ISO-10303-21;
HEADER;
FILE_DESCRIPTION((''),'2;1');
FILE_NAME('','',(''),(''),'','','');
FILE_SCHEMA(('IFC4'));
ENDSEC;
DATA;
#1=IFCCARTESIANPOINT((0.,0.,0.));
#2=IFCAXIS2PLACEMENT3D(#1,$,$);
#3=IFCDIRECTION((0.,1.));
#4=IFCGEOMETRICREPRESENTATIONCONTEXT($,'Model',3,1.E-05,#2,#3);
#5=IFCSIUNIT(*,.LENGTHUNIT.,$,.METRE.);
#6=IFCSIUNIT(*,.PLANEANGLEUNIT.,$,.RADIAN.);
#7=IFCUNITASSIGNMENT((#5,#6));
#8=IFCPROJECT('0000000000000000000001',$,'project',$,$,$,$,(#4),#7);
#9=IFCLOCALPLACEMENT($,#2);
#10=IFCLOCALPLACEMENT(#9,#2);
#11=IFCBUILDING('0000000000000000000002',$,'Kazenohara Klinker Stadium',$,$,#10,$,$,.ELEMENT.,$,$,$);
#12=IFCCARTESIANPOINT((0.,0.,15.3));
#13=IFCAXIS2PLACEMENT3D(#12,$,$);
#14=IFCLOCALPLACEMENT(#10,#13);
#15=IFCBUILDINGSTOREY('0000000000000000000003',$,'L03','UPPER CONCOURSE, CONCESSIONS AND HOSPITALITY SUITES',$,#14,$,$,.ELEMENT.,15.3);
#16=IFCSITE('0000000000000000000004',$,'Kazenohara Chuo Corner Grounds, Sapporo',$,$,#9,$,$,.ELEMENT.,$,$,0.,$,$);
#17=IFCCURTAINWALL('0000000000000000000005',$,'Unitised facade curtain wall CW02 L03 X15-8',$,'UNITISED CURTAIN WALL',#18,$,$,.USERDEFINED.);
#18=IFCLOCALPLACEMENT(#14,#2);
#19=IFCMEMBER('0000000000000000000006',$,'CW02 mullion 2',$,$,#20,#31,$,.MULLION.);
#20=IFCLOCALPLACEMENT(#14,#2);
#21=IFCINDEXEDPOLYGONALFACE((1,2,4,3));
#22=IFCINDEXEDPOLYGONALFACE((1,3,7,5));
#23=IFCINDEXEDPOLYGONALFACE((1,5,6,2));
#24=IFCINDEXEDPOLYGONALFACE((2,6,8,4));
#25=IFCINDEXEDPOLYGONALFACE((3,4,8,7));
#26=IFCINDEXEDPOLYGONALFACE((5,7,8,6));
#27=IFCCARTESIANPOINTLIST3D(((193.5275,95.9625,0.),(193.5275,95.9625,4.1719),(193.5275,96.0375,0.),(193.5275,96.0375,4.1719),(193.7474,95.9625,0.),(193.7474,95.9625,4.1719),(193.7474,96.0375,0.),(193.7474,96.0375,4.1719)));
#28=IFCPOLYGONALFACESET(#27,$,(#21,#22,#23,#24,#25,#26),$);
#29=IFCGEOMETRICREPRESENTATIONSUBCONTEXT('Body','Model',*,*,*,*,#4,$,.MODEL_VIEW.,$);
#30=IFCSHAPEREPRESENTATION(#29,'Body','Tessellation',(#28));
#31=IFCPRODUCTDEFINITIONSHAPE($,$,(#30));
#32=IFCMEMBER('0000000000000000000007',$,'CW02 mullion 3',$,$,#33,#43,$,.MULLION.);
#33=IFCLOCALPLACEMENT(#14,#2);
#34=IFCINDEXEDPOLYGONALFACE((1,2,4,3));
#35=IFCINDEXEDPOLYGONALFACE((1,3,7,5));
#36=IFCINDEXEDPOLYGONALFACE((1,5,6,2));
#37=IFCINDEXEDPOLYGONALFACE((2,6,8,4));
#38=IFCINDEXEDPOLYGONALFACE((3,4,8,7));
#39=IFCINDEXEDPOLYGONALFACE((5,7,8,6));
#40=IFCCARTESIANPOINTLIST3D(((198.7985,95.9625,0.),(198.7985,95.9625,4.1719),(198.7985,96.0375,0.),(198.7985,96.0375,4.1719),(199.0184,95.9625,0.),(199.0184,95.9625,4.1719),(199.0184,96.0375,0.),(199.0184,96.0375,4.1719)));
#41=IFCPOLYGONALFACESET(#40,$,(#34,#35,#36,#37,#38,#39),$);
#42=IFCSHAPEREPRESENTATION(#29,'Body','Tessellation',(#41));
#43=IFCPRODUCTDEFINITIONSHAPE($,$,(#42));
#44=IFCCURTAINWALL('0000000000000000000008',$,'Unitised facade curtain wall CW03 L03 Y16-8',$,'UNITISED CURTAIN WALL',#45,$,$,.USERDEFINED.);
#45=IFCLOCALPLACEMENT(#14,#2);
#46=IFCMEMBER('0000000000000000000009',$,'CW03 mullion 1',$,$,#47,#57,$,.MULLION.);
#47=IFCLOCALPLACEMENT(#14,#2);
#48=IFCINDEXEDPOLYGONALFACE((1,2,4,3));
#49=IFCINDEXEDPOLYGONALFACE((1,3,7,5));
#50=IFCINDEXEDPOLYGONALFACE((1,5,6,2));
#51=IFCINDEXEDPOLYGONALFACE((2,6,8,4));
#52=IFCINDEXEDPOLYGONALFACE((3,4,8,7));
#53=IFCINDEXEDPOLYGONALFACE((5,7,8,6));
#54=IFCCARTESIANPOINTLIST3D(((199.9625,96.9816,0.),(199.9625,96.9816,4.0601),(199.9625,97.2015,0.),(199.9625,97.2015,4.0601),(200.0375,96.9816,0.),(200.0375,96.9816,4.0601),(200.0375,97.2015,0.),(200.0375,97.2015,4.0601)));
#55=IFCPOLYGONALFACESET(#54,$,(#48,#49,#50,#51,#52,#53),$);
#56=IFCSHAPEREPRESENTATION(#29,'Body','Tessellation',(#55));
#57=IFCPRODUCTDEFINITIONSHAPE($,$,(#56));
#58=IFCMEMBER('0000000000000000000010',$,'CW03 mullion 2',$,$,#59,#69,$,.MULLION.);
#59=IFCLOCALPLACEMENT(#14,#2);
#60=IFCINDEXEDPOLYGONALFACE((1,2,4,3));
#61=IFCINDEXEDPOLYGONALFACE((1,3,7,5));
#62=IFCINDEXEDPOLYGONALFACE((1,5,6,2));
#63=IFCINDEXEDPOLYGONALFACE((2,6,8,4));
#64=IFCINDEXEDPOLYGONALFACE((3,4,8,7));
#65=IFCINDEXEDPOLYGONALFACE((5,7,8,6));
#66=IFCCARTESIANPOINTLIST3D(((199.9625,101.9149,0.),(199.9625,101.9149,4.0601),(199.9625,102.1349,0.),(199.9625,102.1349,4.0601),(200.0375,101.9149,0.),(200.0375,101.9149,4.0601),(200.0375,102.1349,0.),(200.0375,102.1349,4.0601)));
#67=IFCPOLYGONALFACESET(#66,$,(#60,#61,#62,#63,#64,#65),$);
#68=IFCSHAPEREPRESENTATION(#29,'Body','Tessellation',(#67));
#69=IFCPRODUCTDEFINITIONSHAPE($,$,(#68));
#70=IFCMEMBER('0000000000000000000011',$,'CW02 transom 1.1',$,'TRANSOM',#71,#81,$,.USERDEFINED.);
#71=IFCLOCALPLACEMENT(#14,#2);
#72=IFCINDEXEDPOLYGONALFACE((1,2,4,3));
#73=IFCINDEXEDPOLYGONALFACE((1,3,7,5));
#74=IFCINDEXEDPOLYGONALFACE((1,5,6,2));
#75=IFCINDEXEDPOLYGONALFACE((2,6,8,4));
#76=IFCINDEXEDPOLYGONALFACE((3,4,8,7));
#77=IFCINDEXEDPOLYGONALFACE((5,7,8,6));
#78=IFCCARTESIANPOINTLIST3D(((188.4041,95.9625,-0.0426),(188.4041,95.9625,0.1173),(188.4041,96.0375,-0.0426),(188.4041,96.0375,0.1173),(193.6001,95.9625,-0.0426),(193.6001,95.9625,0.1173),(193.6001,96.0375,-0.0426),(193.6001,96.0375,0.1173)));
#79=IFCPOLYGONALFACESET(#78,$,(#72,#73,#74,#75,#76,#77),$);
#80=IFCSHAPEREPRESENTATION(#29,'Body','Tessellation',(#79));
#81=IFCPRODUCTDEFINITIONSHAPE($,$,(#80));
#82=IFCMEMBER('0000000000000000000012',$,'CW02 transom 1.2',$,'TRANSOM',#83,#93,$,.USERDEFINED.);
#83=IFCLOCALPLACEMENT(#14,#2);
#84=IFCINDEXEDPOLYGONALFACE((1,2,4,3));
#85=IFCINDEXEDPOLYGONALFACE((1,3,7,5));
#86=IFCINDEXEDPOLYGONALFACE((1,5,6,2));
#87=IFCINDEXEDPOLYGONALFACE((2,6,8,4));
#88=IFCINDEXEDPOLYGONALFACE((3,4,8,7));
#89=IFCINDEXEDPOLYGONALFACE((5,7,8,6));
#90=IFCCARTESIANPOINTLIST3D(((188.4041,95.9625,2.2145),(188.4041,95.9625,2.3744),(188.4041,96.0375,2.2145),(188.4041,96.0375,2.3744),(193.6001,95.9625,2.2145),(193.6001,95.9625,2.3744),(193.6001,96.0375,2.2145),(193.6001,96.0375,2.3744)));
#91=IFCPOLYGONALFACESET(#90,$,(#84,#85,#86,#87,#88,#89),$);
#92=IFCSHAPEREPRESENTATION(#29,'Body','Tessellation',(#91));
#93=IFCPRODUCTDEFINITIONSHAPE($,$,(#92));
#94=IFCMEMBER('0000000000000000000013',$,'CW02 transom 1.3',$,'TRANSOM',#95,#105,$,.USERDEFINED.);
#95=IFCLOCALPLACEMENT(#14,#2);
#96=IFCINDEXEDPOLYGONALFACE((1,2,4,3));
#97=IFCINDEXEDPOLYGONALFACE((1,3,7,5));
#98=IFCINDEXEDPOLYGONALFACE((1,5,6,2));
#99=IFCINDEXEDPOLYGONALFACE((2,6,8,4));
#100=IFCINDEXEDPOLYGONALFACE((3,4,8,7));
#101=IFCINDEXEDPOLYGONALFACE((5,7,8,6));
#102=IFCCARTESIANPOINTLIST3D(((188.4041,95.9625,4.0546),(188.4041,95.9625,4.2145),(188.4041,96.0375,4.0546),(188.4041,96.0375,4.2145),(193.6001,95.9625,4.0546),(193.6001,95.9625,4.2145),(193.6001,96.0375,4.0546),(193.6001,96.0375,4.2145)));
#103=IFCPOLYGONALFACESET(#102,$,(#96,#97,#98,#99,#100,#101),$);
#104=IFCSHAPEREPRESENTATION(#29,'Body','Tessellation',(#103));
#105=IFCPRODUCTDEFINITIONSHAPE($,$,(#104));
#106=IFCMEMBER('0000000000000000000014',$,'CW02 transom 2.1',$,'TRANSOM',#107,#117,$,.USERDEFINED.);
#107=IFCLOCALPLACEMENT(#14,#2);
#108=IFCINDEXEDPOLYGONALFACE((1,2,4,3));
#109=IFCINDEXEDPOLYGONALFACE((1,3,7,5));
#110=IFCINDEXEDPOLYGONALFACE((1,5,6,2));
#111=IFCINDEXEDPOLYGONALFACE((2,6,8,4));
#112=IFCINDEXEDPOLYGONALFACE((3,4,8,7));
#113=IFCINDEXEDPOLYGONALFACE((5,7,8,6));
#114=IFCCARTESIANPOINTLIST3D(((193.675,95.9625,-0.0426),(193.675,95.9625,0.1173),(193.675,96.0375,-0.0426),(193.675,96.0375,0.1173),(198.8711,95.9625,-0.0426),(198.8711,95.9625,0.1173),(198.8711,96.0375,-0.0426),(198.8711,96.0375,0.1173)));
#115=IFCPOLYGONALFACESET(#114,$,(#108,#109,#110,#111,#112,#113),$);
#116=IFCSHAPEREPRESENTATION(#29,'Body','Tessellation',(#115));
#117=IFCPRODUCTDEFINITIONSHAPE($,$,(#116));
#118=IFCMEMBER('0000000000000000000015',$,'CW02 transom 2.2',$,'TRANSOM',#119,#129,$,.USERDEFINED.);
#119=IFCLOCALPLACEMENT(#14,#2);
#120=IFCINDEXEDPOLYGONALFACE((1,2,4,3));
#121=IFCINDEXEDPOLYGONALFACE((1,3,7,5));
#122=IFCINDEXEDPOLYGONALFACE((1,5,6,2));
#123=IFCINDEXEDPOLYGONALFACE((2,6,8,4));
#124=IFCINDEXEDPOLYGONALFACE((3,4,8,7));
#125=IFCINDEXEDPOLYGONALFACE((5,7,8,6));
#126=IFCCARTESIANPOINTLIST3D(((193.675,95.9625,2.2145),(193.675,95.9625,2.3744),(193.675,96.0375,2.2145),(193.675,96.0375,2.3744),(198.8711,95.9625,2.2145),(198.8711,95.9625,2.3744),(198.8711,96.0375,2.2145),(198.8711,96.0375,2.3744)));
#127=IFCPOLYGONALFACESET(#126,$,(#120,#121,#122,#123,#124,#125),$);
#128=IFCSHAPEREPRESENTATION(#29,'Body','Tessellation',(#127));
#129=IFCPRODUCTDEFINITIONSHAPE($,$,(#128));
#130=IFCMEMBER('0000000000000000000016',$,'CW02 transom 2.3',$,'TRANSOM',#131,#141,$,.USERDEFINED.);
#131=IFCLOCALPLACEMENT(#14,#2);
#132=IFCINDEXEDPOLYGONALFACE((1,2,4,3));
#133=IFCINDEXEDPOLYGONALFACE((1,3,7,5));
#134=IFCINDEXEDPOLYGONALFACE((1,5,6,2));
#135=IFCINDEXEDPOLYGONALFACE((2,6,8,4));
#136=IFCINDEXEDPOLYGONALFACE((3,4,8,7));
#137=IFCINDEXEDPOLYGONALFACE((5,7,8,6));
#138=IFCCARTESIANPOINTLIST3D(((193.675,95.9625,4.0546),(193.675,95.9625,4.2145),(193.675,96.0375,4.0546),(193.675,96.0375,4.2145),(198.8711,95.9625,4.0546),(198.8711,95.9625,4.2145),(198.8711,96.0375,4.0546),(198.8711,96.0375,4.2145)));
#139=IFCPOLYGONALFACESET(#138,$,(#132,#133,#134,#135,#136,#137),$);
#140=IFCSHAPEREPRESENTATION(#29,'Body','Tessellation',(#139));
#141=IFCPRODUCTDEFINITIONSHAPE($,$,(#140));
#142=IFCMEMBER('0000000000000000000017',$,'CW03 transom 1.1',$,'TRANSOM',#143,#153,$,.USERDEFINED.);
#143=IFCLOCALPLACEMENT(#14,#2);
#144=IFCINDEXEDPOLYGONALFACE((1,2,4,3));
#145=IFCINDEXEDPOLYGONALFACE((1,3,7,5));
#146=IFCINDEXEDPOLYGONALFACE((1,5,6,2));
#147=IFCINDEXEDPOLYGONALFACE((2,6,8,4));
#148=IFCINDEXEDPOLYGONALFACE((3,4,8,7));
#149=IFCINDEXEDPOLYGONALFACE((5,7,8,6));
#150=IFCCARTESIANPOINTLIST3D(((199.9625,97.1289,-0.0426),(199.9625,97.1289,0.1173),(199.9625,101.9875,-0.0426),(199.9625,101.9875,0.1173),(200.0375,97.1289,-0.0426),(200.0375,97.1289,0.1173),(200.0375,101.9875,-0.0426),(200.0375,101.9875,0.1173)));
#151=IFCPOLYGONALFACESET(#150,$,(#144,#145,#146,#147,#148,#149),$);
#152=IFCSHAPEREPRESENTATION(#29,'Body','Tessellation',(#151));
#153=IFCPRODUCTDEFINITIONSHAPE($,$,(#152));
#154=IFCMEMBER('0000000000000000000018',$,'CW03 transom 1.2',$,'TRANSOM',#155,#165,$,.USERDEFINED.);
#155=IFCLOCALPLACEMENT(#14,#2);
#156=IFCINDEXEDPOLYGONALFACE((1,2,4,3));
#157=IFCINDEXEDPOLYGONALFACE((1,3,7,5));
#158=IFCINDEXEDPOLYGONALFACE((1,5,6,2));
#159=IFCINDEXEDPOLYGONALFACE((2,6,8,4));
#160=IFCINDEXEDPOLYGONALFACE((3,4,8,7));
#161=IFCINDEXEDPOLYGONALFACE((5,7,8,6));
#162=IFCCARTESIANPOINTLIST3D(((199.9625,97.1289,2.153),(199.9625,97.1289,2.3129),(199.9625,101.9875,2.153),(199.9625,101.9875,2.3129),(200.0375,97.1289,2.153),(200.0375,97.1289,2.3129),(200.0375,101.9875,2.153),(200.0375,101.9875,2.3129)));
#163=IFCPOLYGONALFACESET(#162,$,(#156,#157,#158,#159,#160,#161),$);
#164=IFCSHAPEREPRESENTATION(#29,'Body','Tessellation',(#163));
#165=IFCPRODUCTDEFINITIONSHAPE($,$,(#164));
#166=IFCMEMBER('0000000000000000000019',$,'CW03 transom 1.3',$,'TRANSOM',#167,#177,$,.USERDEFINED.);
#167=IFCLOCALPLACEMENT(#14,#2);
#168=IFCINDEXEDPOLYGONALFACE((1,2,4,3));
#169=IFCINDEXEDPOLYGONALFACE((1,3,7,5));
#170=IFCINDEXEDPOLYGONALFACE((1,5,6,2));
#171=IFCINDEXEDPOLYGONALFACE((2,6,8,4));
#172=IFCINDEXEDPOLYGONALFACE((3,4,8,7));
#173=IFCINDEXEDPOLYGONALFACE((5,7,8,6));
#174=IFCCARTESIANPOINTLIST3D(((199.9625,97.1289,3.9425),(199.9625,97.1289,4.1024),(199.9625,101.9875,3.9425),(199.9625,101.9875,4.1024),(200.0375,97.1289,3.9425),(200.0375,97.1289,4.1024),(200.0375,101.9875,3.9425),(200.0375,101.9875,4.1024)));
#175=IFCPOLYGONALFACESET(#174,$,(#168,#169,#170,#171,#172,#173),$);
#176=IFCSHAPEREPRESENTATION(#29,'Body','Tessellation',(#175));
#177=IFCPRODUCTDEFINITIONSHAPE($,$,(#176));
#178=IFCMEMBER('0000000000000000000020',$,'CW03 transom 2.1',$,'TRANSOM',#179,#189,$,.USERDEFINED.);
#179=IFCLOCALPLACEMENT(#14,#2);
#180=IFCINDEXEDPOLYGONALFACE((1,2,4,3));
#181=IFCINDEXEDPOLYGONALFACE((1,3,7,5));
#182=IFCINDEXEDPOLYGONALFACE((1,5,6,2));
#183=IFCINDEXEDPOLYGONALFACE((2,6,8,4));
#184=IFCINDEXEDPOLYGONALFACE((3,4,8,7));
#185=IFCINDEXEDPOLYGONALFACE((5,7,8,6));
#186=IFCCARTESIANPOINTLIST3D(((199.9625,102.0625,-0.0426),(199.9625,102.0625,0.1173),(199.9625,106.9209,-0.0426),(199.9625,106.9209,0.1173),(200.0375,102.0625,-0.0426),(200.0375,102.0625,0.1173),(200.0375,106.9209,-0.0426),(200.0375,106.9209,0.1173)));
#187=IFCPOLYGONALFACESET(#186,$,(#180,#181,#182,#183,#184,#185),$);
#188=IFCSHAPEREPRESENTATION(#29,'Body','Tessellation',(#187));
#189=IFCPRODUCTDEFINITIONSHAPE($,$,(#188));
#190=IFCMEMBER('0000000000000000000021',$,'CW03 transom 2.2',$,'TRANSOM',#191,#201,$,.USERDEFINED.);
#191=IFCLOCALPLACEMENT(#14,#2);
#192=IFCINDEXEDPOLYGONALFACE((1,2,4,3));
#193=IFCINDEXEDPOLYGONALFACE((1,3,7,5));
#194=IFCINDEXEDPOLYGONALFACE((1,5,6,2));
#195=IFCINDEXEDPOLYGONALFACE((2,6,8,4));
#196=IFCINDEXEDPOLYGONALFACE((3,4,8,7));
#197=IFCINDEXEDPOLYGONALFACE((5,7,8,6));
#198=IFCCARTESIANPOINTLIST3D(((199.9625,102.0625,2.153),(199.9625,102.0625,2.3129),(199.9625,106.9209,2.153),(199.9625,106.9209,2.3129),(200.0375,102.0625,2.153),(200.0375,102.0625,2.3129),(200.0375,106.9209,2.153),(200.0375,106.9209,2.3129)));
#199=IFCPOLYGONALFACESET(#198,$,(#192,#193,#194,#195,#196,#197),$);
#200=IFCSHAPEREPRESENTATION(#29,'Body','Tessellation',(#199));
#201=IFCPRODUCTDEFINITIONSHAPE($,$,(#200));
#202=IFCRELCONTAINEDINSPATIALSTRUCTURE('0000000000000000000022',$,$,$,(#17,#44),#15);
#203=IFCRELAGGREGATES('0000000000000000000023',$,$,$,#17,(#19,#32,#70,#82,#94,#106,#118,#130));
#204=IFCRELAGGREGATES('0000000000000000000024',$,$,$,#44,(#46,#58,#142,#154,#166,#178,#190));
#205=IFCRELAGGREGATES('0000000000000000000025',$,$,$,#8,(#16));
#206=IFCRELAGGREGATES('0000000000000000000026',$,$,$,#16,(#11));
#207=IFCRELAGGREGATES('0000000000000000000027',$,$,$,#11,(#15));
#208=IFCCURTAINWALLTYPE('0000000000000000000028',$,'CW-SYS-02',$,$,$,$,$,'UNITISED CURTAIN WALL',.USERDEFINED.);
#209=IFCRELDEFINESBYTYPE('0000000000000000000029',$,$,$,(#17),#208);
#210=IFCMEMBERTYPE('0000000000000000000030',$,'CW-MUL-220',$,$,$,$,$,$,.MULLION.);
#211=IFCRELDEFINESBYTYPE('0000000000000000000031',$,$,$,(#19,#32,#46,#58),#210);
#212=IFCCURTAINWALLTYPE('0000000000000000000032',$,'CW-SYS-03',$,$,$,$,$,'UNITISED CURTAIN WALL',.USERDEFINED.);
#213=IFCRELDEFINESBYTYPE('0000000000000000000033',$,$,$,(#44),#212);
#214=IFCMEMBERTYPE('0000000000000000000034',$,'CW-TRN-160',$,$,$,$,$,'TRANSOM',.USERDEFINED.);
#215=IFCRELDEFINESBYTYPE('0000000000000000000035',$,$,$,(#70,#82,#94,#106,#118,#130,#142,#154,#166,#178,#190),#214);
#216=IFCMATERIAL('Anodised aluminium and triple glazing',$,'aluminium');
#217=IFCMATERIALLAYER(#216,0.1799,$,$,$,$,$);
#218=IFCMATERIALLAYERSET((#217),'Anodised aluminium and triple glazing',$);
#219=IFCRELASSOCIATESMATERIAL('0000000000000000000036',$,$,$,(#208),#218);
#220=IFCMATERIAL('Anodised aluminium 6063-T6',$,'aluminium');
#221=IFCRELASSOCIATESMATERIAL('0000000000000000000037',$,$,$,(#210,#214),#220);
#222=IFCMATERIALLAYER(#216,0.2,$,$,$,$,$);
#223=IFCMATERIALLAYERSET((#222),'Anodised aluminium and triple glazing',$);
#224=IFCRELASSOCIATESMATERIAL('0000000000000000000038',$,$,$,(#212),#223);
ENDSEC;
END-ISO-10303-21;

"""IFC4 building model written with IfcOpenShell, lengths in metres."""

from ifc_helpers import new_model, si_unit, direction, frame, origin, origin_2d, place, context, subcontext, project, spatial, rectangle, extrude, material, layer, layer_set, material_profile, profile_set, type_object, element, aggregate, save


model = new_model("IFC4")

# Units and contexts
model_context = context("Model", 3, precision=1e-05, world=origin(), true_north=direction((0.0, 1.0)))
body_context = subcontext(model_context, "Body", "Model", "MODEL_VIEW")
ifc_project = project(units=[si_unit("LENGTHUNIT", "METRE"), si_unit("PLANEANGLEUNIT", "RADIAN")], contexts=[model_context])

# Site, building, storey
site_placement = place(None, origin())
site = spatial("IfcSite", under=ifc_project, at=site_placement, Name="Kazenohara Chuo Corner Grounds, Sapporo", CompositionType="ELEMENT", RefElevation=0.0)
building_placement = place(site_placement, origin())
building = spatial("IfcBuilding", under=site, at=building_placement, Name="Kazenohara Klinker Stadium", CompositionType="ELEMENT")
storey_placement = place(building_placement, frame((0.0, 0.0, 15.3)))
storey = spatial("IfcBuildingStorey", under=building, at=storey_placement, Name="L03", Description="UPPER CONCOURSE, CONCESSIONS AND HOSPITALITY SUITES", CompositionType="ELEMENT", Elevation=15.3)

# Curtain walls, members
ifc_material_1 = material(Name="Anodised aluminium and triple glazing", Category="aluminium")
ifc_layer_1 = layer(ifc_material_1, 0.1799)
ifc_layer_set_1 = layer_set([ifc_layer_1], Name="Anodised aluminium and triple glazing")
curtain_wall_type_1 = type_object("IfcCurtainWallType", Name="CW-SYS-02", ElementType="UNITISED CURTAIN WALL", PredefinedType="USERDEFINED", material=ifc_layer_set_1)
curtain_wall_1_placement = place(storey_placement, origin())
curtain_wall_1 = element("IfcCurtainWall", 1, at=curtain_wall_1_placement, inside=storey, type_object=curtain_wall_type_1, Name="Unitised facade curtain wall CW02 L03 X15-8", ObjectType="UNITISED CURTAIN WALL", PredefinedType="USERDEFINED")
ifc_material_2 = material(Name="Anodised aluminium 6063-T6", Category="aluminium")
ifc_material_profile_1 = material_profile(ifc_material_2, rectangle(XDim=0.075, YDim=0.22, at=origin_2d()), Name="ALU-MUL-75x220")
ifc_profile_set_1 = profile_set([ifc_material_profile_1], Name="Anodised aluminium 6063-T6")
member_type_1 = type_object("IfcMemberType", Name="CW-MUL-220", PredefinedType="MULLION", material=ifc_profile_set_1)
member_1_placement = place(storey_placement, frame((193.6375, 96.0, 0.0), z_axis=(0.0, 0.0, 1.0), x_axis=(0.0, 1.0, 0.0)))
member_1 = element("IfcMember", 2, at=member_1_placement, type_object=member_type_1, Name="CW02 mullion 2", PredefinedType="MULLION", context=body_context, shape_type="SweptSolid", body=[
    extrude(rectangle(XDim=0.075, YDim=0.22, at=origin_2d()), origin(), (0.0, 0.0, 1.0), 4.1719),
])
member_2_placement = place(storey_placement, frame((198.9084, 96.0, 0.0), z_axis=(0.0, 0.0, 1.0), x_axis=(0.0, 1.0, 0.0)))
member_2 = element("IfcMember", 3, at=member_2_placement, type_object=member_type_1, Name="CW02 mullion 3", PredefinedType="MULLION", context=body_context, shape_type="SweptSolid", body=[
    extrude(rectangle(XDim=0.075, YDim=0.22, at=origin_2d()), origin(), (0.0, 0.0, 1.0), 4.1719),
])
ifc_layer_2 = layer(ifc_material_1, 0.2)
ifc_layer_set_2 = layer_set([ifc_layer_2], Name="Anodised aluminium and triple glazing")
curtain_wall_type_2 = type_object("IfcCurtainWallType", Name="CW-SYS-03", ElementType="UNITISED CURTAIN WALL", PredefinedType="USERDEFINED", material=ifc_layer_set_2)
curtain_wall_2_placement = place(storey_placement, origin())
curtain_wall_2 = element("IfcCurtainWall", 4, at=curtain_wall_2_placement, inside=storey, type_object=curtain_wall_type_2, Name="Unitised facade curtain wall CW03 L03 Y16-8", ObjectType="UNITISED CURTAIN WALL", PredefinedType="USERDEFINED")
member_3_placement = place(storey_placement, frame((200.0, 97.0916, 0.0), z_axis=(0.0, 0.0, 1.0), x_axis=(-1.0, 0.0, 0.0)))
member_3 = element("IfcMember", 5, at=member_3_placement, type_object=member_type_1, Name="CW03 mullion 1", PredefinedType="MULLION", context=body_context, shape_type="SweptSolid", body=[
    extrude(rectangle(XDim=0.075, YDim=0.22, at=origin_2d()), origin(), (0.0, 0.0, 1.0), 4.0601),
])
member_4_placement = place(storey_placement, frame((200.0, 102.0249, 0.0), z_axis=(0.0, 0.0, 1.0), x_axis=(-1.0, 0.0, 0.0)))
member_4 = element("IfcMember", 6, at=member_4_placement, type_object=member_type_1, Name="CW03 mullion 2", PredefinedType="MULLION", context=body_context, shape_type="SweptSolid", body=[
    extrude(rectangle(XDim=0.075, YDim=0.22, at=origin_2d()), origin(), (0.0, 0.0, 1.0), 4.0601),
])

# Members
ifc_material_profile_2 = material_profile(ifc_material_2, rectangle(XDim=0.075, YDim=0.1599, at=origin_2d()), Name="ALU-TRN-75x160")
ifc_profile_set_2 = profile_set([ifc_material_profile_2], Name="Anodised aluminium 6063-T6")
member_type_2 = type_object("IfcMemberType", Name="CW-TRN-160", ElementType="TRANSOM", PredefinedType="USERDEFINED", material=ifc_profile_set_2)
member_5_placement = place(storey_placement, frame((188.4041, 96.0, 0.0374), z_axis=(1.0, 0.0, 0.0), x_axis=(0.0, 1.0, 0.0)))
member_5 = element("IfcMember", 7, at=member_5_placement, type_object=member_type_2, Name="CW02 transom 1.1", ObjectType="TRANSOM", PredefinedType="USERDEFINED", context=body_context, shape_type="SweptSolid", body=[
    extrude(rectangle(XDim=0.075, YDim=0.1599, at=origin_2d()), origin(), (0.0, 0.0, 1.0), 5.196),
])
member_6_placement = place(storey_placement, frame((188.4041, 96.0, 2.2944), z_axis=(1.0, 0.0, 0.0), x_axis=(0.0, 1.0, 0.0)))
member_6 = element("IfcMember", 8, at=member_6_placement, type_object=member_type_2, Name="CW02 transom 1.2", ObjectType="TRANSOM", PredefinedType="USERDEFINED", context=body_context, shape_type="SweptSolid", body=[
    extrude(rectangle(XDim=0.075, YDim=0.1599, at=origin_2d()), origin(), (0.0, 0.0, 1.0), 5.196),
])
member_7_placement = place(storey_placement, frame((188.4041, 96.0, 4.1345), z_axis=(1.0, 0.0, 0.0), x_axis=(0.0, 1.0, 0.0)))
member_7 = element("IfcMember", 9, at=member_7_placement, type_object=member_type_2, Name="CW02 transom 1.3", ObjectType="TRANSOM", PredefinedType="USERDEFINED", context=body_context, shape_type="SweptSolid", body=[
    extrude(rectangle(XDim=0.075, YDim=0.1599, at=origin_2d()), origin(), (0.0, 0.0, 1.0), 5.196),
])
member_8_placement = place(storey_placement, frame((193.675, 96.0, 0.0374), z_axis=(1.0, 0.0, 0.0), x_axis=(0.0, 1.0, 0.0)))
member_8 = element("IfcMember", 10, at=member_8_placement, type_object=member_type_2, Name="CW02 transom 2.1", ObjectType="TRANSOM", PredefinedType="USERDEFINED", context=body_context, shape_type="SweptSolid", body=[
    extrude(rectangle(XDim=0.075, YDim=0.1599, at=origin_2d()), origin(), (0.0, 0.0, 1.0), 5.196),
])
member_9_placement = place(storey_placement, frame((193.675, 96.0, 2.2944), z_axis=(1.0, 0.0, 0.0), x_axis=(0.0, 1.0, 0.0)))
member_9 = element("IfcMember", 11, at=member_9_placement, type_object=member_type_2, Name="CW02 transom 2.2", ObjectType="TRANSOM", PredefinedType="USERDEFINED", context=body_context, shape_type="SweptSolid", body=[
    extrude(rectangle(XDim=0.075, YDim=0.1599, at=origin_2d()), origin(), (0.0, 0.0, 1.0), 5.196),
])
member_10_placement = place(storey_placement, frame((193.675, 96.0, 4.1345), z_axis=(1.0, 0.0, 0.0), x_axis=(0.0, 1.0, 0.0)))
member_10 = element("IfcMember", 12, at=member_10_placement, type_object=member_type_2, Name="CW02 transom 2.3", ObjectType="TRANSOM", PredefinedType="USERDEFINED", context=body_context, shape_type="SweptSolid", body=[
    extrude(rectangle(XDim=0.075, YDim=0.1599, at=origin_2d()), origin(), (0.0, 0.0, 1.0), 5.196),
])
member_11_placement = place(storey_placement, frame((200.0, 97.1289, 0.0374), z_axis=(0.0, 1.0, 0.0), x_axis=(-1.0, 0.0, 0.0)))
member_11 = element("IfcMember", 13, at=member_11_placement, type_object=member_type_2, Name="CW03 transom 1.1", ObjectType="TRANSOM", PredefinedType="USERDEFINED", context=body_context, shape_type="SweptSolid", body=[
    extrude(rectangle(XDim=0.075, YDim=0.1599, at=origin_2d()), origin(), (0.0, 0.0, 1.0), 4.8586),
])
member_12_placement = place(storey_placement, frame((200.0, 97.1289, 2.2329), z_axis=(0.0, 1.0, 0.0), x_axis=(-1.0, 0.0, 0.0)))
member_12 = element("IfcMember", 14, at=member_12_placement, type_object=member_type_2, Name="CW03 transom 1.2", ObjectType="TRANSOM", PredefinedType="USERDEFINED", context=body_context, shape_type="SweptSolid", body=[
    extrude(rectangle(XDim=0.075, YDim=0.1599, at=origin_2d()), origin(), (0.0, 0.0, 1.0), 4.8586),
])
member_13_placement = place(storey_placement, frame((200.0, 97.1289, 4.0225), z_axis=(0.0, 1.0, 0.0), x_axis=(-1.0, 0.0, 0.0)))
member_13 = element("IfcMember", 15, at=member_13_placement, type_object=member_type_2, Name="CW03 transom 1.3", ObjectType="TRANSOM", PredefinedType="USERDEFINED", context=body_context, shape_type="SweptSolid", body=[
    extrude(rectangle(XDim=0.075, YDim=0.1599, at=origin_2d()), origin(), (0.0, 0.0, 1.0), 4.8586),
])
member_14_placement = place(storey_placement, frame((200.0, 102.0625, 0.0374), z_axis=(0.0, 1.0, 0.0), x_axis=(-1.0, 0.0, 0.0)))
member_14 = element("IfcMember", 16, at=member_14_placement, type_object=member_type_2, Name="CW03 transom 2.1", ObjectType="TRANSOM", PredefinedType="USERDEFINED", context=body_context, shape_type="SweptSolid", body=[
    extrude(rectangle(XDim=0.075, YDim=0.1599, at=origin_2d()), origin(), (0.0, 0.0, 1.0), 4.8584),
])
member_15_placement = place(storey_placement, frame((200.0, 102.0625, 2.2329), z_axis=(0.0, 1.0, 0.0), x_axis=(-1.0, 0.0, 0.0)))
member_15 = element("IfcMember", 17, at=member_15_placement, type_object=member_type_2, Name="CW03 transom 2.2", ObjectType="TRANSOM", PredefinedType="USERDEFINED", context=body_context, shape_type="SweptSolid", body=[
    extrude(rectangle(XDim=0.075, YDim=0.1599, at=origin_2d()), origin(), (0.0, 0.0, 1.0), 4.8584),
])

aggregate(curtain_wall_1, [member_1, member_2, member_5, member_6, member_7, member_8, member_9, member_10])
aggregate(curtain_wall_2, [member_3, member_4, member_11, member_12, member_13, member_14, member_15])

save(model, "model.ifc")
